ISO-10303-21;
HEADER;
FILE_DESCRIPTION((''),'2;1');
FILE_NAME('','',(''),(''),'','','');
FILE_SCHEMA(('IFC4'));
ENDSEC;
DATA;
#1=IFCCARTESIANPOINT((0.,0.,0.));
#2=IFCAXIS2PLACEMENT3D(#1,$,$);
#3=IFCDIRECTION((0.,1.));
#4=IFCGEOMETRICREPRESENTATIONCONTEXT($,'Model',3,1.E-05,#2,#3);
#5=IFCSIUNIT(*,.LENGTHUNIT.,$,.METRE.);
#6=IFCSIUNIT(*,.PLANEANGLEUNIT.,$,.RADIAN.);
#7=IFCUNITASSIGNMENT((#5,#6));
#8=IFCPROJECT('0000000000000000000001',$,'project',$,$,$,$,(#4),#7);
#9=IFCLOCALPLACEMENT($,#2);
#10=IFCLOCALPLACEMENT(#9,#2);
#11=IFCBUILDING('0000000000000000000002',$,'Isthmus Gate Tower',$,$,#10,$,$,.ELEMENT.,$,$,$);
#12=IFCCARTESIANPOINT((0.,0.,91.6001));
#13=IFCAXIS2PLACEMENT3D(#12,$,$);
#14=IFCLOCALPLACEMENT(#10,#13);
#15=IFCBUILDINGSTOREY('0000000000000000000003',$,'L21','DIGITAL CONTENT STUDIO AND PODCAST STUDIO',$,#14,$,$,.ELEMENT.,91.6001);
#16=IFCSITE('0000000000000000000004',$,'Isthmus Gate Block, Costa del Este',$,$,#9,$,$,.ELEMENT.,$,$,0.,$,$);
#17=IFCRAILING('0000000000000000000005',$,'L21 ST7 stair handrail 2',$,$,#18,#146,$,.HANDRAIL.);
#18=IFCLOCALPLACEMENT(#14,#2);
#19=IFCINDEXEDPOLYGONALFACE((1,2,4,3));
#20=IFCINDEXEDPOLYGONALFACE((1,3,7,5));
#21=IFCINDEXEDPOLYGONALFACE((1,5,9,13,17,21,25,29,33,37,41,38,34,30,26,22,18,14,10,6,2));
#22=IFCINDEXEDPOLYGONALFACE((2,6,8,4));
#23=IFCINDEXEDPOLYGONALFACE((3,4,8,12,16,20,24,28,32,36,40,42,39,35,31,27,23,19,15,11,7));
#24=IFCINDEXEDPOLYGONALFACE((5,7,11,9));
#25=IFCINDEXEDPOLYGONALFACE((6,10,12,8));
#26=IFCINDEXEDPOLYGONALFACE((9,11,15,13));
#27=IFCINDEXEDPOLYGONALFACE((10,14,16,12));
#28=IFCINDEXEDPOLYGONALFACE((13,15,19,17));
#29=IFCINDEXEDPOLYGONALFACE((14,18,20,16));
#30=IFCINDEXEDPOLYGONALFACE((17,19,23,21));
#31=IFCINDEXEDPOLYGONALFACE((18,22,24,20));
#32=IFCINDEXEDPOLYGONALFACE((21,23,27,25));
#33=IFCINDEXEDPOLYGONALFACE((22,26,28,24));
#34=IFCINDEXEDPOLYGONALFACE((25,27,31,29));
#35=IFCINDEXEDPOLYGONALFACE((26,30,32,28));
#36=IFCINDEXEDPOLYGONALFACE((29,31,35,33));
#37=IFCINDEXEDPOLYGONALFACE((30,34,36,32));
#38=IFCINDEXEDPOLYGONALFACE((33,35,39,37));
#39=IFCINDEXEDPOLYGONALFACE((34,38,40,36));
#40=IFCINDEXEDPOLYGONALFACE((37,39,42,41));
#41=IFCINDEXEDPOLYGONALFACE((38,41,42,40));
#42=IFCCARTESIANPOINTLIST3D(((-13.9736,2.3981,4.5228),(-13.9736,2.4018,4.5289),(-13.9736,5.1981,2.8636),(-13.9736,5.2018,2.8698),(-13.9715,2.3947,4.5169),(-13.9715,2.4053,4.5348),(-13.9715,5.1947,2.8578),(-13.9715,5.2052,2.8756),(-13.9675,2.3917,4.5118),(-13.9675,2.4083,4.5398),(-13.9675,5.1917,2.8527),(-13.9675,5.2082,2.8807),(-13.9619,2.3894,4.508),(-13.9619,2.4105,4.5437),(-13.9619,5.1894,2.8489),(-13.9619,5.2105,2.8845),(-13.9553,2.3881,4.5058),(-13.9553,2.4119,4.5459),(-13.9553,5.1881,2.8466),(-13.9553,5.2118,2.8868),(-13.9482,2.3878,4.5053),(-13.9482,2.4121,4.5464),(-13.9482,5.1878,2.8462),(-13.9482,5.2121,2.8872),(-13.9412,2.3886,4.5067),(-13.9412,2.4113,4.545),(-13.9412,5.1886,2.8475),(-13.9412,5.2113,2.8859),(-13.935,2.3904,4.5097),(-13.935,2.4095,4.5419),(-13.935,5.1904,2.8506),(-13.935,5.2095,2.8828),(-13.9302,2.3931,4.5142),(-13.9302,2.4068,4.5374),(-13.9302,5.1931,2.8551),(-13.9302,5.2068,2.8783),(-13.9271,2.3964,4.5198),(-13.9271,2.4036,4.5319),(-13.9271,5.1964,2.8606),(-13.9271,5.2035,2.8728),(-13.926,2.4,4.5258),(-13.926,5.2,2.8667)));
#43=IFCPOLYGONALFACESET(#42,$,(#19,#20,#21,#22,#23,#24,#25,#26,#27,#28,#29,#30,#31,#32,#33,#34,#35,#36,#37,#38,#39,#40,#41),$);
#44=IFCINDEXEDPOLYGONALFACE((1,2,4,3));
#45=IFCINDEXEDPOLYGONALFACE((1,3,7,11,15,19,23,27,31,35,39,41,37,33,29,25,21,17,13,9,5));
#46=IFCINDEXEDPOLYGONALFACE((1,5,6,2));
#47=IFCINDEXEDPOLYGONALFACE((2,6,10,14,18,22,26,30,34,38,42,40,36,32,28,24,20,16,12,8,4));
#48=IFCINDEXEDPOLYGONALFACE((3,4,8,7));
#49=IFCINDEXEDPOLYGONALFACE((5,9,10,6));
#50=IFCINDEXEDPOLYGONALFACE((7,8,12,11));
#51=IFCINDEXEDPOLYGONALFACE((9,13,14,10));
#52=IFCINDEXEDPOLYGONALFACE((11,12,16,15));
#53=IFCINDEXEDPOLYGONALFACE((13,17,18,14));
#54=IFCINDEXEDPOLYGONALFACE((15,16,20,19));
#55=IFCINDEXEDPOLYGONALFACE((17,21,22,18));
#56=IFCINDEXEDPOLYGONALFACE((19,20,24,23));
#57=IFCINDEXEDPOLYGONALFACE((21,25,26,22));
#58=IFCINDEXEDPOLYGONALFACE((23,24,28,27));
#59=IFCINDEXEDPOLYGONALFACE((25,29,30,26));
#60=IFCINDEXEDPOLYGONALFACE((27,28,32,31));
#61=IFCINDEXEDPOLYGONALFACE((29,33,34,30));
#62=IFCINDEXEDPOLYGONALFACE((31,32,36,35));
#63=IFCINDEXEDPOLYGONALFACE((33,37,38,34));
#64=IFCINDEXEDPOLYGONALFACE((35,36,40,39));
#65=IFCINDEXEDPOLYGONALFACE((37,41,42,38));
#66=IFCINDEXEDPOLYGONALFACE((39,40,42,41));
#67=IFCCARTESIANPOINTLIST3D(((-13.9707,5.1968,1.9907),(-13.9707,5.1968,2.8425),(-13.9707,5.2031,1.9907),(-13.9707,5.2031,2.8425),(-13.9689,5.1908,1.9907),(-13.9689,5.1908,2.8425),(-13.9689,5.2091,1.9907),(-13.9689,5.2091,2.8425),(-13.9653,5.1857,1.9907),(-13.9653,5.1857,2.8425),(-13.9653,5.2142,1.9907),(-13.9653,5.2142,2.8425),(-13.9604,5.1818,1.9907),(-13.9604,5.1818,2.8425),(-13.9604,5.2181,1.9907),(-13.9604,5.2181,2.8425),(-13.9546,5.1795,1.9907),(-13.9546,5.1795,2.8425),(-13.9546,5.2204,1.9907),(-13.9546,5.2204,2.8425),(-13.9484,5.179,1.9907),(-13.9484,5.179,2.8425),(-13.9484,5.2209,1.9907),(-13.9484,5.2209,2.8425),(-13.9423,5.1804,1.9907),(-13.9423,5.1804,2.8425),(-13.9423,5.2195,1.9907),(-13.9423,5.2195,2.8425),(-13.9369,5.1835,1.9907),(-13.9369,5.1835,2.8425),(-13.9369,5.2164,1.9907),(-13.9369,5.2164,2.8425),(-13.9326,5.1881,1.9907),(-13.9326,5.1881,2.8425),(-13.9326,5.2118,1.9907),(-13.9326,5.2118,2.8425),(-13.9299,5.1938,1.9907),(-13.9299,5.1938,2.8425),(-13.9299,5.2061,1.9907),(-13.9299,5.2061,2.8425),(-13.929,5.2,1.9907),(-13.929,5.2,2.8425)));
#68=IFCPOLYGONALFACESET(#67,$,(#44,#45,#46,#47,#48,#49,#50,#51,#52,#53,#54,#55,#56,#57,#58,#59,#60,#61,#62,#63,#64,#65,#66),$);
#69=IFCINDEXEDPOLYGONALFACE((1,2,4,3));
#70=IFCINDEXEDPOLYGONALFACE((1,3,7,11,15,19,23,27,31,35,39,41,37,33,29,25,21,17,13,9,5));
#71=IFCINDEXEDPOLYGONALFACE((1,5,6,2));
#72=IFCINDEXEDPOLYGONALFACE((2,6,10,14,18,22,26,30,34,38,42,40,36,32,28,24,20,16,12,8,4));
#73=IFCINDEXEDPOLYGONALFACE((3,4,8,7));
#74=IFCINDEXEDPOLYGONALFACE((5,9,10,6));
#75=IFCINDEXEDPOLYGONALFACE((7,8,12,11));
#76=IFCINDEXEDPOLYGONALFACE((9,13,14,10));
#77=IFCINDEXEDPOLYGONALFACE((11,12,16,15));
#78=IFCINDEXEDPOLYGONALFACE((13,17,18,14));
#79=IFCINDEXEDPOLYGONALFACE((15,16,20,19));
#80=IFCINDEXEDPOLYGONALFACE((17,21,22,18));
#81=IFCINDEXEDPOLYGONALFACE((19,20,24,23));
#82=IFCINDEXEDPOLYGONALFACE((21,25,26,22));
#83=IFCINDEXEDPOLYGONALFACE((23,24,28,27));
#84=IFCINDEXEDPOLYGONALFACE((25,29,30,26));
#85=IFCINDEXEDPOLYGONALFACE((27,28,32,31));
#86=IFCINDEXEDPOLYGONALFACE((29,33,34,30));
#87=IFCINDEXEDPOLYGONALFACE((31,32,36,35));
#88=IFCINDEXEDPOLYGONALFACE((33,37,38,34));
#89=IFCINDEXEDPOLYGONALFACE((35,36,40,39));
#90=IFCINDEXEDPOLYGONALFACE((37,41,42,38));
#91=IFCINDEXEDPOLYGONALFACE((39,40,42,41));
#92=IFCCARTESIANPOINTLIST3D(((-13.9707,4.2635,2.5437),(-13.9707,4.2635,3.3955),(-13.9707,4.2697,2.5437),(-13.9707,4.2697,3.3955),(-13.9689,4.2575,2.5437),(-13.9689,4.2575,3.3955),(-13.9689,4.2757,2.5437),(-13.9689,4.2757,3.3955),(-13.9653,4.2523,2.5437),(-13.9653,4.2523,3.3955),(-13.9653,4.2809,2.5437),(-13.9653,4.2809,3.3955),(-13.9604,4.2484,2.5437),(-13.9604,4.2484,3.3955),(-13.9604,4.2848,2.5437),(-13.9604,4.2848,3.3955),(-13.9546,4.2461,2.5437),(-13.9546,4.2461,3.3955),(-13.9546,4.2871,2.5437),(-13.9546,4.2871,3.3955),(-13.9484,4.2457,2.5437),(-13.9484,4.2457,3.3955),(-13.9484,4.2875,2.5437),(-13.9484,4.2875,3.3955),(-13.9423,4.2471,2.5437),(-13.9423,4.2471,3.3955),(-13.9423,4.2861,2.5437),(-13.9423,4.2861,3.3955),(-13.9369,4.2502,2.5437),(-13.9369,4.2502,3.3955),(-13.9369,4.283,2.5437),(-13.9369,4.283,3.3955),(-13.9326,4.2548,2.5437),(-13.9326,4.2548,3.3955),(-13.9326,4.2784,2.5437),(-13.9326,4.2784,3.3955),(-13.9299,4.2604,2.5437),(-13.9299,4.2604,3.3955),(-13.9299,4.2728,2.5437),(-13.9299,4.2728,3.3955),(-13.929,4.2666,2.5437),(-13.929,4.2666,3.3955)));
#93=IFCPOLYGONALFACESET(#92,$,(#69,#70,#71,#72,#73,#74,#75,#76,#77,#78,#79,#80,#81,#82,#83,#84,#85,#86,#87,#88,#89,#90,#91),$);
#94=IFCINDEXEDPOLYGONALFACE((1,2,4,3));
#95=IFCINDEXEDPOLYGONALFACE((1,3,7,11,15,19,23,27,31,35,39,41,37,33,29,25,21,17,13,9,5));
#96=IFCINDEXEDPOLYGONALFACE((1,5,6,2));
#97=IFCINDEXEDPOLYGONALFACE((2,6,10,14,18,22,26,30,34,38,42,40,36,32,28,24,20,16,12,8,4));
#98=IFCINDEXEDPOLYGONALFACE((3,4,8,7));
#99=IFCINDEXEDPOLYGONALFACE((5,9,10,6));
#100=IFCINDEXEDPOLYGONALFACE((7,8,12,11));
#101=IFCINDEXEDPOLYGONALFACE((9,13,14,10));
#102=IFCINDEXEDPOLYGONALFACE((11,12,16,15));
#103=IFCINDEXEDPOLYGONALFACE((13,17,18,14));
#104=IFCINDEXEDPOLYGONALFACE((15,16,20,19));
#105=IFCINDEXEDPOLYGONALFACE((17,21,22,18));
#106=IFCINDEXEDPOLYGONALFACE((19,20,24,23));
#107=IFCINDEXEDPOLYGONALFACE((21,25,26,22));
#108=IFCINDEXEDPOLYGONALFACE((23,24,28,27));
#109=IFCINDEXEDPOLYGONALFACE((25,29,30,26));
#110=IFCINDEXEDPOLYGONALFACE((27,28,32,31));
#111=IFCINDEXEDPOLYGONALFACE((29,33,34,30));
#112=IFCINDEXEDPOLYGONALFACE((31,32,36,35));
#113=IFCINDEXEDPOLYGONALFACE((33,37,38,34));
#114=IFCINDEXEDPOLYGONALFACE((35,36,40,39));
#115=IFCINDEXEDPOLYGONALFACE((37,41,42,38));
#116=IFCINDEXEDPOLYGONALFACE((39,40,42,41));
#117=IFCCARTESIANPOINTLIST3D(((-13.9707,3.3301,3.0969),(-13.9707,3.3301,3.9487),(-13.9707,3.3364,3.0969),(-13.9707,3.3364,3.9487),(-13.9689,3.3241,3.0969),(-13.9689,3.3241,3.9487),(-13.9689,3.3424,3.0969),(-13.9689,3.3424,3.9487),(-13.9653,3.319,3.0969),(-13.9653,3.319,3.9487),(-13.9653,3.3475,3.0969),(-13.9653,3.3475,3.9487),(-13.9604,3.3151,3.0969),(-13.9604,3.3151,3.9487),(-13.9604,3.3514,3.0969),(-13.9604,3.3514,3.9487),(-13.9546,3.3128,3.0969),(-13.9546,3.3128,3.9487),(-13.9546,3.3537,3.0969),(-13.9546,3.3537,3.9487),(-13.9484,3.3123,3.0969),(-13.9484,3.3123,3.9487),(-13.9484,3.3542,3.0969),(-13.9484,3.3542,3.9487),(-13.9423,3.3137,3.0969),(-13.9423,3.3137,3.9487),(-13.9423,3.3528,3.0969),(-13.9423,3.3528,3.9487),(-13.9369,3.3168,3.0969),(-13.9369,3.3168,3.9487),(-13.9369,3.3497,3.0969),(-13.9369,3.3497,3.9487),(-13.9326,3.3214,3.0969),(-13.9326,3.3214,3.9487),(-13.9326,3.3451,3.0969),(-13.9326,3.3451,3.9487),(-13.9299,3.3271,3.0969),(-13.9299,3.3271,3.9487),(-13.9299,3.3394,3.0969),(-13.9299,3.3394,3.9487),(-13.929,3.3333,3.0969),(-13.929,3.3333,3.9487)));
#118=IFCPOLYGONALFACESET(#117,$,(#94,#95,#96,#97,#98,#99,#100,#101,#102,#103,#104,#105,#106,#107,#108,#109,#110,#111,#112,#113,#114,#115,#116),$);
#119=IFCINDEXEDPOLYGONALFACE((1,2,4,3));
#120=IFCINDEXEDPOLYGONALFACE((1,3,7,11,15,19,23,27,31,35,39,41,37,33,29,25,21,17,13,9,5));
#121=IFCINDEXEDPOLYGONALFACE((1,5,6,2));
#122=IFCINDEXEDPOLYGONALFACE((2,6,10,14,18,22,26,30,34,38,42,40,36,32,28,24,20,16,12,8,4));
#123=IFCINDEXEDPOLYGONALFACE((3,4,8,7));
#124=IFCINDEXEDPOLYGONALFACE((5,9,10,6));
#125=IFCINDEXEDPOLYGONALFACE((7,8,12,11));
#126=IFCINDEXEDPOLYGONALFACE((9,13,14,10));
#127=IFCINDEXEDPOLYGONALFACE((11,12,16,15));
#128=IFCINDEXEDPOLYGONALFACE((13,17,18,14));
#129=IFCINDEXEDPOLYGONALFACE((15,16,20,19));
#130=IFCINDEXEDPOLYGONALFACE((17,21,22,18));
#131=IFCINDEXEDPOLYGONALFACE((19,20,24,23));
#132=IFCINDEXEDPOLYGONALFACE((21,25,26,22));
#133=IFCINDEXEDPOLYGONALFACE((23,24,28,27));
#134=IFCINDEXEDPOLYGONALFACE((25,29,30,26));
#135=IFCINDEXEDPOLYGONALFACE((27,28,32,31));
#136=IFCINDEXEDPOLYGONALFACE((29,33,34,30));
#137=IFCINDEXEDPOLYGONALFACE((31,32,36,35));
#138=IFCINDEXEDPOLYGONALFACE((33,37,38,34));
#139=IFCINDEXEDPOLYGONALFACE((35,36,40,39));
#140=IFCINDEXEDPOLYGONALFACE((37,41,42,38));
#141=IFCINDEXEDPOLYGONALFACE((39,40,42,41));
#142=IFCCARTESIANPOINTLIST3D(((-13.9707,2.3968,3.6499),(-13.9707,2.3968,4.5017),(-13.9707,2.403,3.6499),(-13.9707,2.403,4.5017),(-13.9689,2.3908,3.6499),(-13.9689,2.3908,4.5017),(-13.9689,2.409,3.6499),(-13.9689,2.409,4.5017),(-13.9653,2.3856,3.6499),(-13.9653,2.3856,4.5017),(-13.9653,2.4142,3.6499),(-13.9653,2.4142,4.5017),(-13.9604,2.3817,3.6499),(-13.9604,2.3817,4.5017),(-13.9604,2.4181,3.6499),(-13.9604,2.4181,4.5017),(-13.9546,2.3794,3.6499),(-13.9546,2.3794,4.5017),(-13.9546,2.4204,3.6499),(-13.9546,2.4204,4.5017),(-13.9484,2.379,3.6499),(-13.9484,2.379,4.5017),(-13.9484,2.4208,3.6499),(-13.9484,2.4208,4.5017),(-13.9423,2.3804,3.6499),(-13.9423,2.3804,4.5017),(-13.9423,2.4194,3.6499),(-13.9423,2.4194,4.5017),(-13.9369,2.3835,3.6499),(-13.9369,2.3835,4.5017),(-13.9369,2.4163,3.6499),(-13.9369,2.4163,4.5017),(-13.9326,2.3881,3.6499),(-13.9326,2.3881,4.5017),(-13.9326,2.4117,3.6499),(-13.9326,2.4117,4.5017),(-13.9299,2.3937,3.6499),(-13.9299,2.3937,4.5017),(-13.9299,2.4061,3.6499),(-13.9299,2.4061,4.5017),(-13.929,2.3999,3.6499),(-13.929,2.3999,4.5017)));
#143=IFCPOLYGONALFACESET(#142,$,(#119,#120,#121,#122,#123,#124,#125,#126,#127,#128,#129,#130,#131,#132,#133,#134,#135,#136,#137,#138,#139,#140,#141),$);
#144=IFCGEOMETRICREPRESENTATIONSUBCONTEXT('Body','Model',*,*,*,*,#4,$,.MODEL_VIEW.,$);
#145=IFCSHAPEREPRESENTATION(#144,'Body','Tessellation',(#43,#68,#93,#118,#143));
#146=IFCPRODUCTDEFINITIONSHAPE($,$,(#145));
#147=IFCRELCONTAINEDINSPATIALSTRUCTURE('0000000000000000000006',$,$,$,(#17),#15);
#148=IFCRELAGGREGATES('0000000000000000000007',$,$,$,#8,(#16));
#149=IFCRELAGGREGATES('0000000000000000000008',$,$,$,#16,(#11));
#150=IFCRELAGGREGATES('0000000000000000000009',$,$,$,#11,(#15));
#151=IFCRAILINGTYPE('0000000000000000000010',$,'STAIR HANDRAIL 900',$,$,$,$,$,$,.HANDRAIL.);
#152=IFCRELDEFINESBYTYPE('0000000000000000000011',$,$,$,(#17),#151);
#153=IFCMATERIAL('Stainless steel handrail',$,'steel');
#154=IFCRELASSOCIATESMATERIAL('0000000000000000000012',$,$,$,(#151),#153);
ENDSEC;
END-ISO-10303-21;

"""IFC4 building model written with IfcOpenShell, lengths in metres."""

from ifc_helpers import new_model, si_unit, direction, frame, origin, origin_2d, place, context, subcontext, project, spatial, circle, extrude, material, type_object, element, save


model = new_model("IFC4")

# Units and contexts
model_context = context("Model", 3, precision=1e-05, world=origin(), true_north=direction((0.0, 1.0)))
body_context = subcontext(model_context, "Body", "Model", "MODEL_VIEW")
ifc_project = project(units=[si_unit("LENGTHUNIT", "METRE"), si_unit("PLANEANGLEUNIT", "RADIAN")], contexts=[model_context])

# Site, building, storey
site_placement = place(None, origin())
site = spatial("IfcSite", under=ifc_project, at=site_placement, Name="Isthmus Gate Block, Costa del Este", CompositionType="ELEMENT", RefElevation=0.0)
building_placement = place(site_placement, origin())
building = spatial("IfcBuilding", under=site, at=building_placement, Name="Isthmus Gate Tower", CompositionType="ELEMENT")
storey_placement = place(building_placement, frame((0.0, 0.0, 91.6001)))
storey = spatial("IfcBuildingStorey", under=building, at=storey_placement, Name="L21", Description="DIGITAL CONTENT STUDIO AND PODCAST STUDIO", CompositionType="ELEMENT", Elevation=91.6001)

# Railing
ifc_material_1 = material(Name="Stainless steel handrail", Category="steel")
railing_type_1 = type_object("IfcRailingType", Name="STAIR HANDRAIL 900", PredefinedType="HANDRAIL", material=ifc_material_1)
railing_1_placement = place(storey_placement, frame((-13.95, 5.2, 1.9907)))
element("IfcRailing", 1, at=railing_1_placement, inside=storey, type_object=railing_type_1, Name="L21 ST7 stair handrail 2", PredefinedType="HANDRAIL", context=body_context, shape_type="SweptSolid", body=[
    extrude(circle(Radius=0.0239, at=origin_2d()), frame((0.0, 0.0, 0.876), z_axis=(0.0, -0.860306, 0.509778), x_axis=(1.0, 0.0, 0.0)), (0.0, 0.0, 1.0), 3.2546),
    extrude(circle(Radius=0.021, at=origin_2d()), origin(), (0.0, 0.0, 1.0), 0.8518),
    extrude(circle(Radius=0.021, at=origin_2d()), frame((0.0, -0.9333, 0.553)), (0.0, 0.0, 1.0), 0.8518),
    extrude(circle(Radius=0.021, at=origin_2d()), frame((0.0, -1.8667, 1.1062)), (0.0, 0.0, 1.0), 0.8518),
    extrude(circle(Radius=0.021, at=origin_2d()), frame((0.0, -2.8, 1.6592)), (0.0, 0.0, 1.0), 0.8518),
])

save(model, "model.ifc")
